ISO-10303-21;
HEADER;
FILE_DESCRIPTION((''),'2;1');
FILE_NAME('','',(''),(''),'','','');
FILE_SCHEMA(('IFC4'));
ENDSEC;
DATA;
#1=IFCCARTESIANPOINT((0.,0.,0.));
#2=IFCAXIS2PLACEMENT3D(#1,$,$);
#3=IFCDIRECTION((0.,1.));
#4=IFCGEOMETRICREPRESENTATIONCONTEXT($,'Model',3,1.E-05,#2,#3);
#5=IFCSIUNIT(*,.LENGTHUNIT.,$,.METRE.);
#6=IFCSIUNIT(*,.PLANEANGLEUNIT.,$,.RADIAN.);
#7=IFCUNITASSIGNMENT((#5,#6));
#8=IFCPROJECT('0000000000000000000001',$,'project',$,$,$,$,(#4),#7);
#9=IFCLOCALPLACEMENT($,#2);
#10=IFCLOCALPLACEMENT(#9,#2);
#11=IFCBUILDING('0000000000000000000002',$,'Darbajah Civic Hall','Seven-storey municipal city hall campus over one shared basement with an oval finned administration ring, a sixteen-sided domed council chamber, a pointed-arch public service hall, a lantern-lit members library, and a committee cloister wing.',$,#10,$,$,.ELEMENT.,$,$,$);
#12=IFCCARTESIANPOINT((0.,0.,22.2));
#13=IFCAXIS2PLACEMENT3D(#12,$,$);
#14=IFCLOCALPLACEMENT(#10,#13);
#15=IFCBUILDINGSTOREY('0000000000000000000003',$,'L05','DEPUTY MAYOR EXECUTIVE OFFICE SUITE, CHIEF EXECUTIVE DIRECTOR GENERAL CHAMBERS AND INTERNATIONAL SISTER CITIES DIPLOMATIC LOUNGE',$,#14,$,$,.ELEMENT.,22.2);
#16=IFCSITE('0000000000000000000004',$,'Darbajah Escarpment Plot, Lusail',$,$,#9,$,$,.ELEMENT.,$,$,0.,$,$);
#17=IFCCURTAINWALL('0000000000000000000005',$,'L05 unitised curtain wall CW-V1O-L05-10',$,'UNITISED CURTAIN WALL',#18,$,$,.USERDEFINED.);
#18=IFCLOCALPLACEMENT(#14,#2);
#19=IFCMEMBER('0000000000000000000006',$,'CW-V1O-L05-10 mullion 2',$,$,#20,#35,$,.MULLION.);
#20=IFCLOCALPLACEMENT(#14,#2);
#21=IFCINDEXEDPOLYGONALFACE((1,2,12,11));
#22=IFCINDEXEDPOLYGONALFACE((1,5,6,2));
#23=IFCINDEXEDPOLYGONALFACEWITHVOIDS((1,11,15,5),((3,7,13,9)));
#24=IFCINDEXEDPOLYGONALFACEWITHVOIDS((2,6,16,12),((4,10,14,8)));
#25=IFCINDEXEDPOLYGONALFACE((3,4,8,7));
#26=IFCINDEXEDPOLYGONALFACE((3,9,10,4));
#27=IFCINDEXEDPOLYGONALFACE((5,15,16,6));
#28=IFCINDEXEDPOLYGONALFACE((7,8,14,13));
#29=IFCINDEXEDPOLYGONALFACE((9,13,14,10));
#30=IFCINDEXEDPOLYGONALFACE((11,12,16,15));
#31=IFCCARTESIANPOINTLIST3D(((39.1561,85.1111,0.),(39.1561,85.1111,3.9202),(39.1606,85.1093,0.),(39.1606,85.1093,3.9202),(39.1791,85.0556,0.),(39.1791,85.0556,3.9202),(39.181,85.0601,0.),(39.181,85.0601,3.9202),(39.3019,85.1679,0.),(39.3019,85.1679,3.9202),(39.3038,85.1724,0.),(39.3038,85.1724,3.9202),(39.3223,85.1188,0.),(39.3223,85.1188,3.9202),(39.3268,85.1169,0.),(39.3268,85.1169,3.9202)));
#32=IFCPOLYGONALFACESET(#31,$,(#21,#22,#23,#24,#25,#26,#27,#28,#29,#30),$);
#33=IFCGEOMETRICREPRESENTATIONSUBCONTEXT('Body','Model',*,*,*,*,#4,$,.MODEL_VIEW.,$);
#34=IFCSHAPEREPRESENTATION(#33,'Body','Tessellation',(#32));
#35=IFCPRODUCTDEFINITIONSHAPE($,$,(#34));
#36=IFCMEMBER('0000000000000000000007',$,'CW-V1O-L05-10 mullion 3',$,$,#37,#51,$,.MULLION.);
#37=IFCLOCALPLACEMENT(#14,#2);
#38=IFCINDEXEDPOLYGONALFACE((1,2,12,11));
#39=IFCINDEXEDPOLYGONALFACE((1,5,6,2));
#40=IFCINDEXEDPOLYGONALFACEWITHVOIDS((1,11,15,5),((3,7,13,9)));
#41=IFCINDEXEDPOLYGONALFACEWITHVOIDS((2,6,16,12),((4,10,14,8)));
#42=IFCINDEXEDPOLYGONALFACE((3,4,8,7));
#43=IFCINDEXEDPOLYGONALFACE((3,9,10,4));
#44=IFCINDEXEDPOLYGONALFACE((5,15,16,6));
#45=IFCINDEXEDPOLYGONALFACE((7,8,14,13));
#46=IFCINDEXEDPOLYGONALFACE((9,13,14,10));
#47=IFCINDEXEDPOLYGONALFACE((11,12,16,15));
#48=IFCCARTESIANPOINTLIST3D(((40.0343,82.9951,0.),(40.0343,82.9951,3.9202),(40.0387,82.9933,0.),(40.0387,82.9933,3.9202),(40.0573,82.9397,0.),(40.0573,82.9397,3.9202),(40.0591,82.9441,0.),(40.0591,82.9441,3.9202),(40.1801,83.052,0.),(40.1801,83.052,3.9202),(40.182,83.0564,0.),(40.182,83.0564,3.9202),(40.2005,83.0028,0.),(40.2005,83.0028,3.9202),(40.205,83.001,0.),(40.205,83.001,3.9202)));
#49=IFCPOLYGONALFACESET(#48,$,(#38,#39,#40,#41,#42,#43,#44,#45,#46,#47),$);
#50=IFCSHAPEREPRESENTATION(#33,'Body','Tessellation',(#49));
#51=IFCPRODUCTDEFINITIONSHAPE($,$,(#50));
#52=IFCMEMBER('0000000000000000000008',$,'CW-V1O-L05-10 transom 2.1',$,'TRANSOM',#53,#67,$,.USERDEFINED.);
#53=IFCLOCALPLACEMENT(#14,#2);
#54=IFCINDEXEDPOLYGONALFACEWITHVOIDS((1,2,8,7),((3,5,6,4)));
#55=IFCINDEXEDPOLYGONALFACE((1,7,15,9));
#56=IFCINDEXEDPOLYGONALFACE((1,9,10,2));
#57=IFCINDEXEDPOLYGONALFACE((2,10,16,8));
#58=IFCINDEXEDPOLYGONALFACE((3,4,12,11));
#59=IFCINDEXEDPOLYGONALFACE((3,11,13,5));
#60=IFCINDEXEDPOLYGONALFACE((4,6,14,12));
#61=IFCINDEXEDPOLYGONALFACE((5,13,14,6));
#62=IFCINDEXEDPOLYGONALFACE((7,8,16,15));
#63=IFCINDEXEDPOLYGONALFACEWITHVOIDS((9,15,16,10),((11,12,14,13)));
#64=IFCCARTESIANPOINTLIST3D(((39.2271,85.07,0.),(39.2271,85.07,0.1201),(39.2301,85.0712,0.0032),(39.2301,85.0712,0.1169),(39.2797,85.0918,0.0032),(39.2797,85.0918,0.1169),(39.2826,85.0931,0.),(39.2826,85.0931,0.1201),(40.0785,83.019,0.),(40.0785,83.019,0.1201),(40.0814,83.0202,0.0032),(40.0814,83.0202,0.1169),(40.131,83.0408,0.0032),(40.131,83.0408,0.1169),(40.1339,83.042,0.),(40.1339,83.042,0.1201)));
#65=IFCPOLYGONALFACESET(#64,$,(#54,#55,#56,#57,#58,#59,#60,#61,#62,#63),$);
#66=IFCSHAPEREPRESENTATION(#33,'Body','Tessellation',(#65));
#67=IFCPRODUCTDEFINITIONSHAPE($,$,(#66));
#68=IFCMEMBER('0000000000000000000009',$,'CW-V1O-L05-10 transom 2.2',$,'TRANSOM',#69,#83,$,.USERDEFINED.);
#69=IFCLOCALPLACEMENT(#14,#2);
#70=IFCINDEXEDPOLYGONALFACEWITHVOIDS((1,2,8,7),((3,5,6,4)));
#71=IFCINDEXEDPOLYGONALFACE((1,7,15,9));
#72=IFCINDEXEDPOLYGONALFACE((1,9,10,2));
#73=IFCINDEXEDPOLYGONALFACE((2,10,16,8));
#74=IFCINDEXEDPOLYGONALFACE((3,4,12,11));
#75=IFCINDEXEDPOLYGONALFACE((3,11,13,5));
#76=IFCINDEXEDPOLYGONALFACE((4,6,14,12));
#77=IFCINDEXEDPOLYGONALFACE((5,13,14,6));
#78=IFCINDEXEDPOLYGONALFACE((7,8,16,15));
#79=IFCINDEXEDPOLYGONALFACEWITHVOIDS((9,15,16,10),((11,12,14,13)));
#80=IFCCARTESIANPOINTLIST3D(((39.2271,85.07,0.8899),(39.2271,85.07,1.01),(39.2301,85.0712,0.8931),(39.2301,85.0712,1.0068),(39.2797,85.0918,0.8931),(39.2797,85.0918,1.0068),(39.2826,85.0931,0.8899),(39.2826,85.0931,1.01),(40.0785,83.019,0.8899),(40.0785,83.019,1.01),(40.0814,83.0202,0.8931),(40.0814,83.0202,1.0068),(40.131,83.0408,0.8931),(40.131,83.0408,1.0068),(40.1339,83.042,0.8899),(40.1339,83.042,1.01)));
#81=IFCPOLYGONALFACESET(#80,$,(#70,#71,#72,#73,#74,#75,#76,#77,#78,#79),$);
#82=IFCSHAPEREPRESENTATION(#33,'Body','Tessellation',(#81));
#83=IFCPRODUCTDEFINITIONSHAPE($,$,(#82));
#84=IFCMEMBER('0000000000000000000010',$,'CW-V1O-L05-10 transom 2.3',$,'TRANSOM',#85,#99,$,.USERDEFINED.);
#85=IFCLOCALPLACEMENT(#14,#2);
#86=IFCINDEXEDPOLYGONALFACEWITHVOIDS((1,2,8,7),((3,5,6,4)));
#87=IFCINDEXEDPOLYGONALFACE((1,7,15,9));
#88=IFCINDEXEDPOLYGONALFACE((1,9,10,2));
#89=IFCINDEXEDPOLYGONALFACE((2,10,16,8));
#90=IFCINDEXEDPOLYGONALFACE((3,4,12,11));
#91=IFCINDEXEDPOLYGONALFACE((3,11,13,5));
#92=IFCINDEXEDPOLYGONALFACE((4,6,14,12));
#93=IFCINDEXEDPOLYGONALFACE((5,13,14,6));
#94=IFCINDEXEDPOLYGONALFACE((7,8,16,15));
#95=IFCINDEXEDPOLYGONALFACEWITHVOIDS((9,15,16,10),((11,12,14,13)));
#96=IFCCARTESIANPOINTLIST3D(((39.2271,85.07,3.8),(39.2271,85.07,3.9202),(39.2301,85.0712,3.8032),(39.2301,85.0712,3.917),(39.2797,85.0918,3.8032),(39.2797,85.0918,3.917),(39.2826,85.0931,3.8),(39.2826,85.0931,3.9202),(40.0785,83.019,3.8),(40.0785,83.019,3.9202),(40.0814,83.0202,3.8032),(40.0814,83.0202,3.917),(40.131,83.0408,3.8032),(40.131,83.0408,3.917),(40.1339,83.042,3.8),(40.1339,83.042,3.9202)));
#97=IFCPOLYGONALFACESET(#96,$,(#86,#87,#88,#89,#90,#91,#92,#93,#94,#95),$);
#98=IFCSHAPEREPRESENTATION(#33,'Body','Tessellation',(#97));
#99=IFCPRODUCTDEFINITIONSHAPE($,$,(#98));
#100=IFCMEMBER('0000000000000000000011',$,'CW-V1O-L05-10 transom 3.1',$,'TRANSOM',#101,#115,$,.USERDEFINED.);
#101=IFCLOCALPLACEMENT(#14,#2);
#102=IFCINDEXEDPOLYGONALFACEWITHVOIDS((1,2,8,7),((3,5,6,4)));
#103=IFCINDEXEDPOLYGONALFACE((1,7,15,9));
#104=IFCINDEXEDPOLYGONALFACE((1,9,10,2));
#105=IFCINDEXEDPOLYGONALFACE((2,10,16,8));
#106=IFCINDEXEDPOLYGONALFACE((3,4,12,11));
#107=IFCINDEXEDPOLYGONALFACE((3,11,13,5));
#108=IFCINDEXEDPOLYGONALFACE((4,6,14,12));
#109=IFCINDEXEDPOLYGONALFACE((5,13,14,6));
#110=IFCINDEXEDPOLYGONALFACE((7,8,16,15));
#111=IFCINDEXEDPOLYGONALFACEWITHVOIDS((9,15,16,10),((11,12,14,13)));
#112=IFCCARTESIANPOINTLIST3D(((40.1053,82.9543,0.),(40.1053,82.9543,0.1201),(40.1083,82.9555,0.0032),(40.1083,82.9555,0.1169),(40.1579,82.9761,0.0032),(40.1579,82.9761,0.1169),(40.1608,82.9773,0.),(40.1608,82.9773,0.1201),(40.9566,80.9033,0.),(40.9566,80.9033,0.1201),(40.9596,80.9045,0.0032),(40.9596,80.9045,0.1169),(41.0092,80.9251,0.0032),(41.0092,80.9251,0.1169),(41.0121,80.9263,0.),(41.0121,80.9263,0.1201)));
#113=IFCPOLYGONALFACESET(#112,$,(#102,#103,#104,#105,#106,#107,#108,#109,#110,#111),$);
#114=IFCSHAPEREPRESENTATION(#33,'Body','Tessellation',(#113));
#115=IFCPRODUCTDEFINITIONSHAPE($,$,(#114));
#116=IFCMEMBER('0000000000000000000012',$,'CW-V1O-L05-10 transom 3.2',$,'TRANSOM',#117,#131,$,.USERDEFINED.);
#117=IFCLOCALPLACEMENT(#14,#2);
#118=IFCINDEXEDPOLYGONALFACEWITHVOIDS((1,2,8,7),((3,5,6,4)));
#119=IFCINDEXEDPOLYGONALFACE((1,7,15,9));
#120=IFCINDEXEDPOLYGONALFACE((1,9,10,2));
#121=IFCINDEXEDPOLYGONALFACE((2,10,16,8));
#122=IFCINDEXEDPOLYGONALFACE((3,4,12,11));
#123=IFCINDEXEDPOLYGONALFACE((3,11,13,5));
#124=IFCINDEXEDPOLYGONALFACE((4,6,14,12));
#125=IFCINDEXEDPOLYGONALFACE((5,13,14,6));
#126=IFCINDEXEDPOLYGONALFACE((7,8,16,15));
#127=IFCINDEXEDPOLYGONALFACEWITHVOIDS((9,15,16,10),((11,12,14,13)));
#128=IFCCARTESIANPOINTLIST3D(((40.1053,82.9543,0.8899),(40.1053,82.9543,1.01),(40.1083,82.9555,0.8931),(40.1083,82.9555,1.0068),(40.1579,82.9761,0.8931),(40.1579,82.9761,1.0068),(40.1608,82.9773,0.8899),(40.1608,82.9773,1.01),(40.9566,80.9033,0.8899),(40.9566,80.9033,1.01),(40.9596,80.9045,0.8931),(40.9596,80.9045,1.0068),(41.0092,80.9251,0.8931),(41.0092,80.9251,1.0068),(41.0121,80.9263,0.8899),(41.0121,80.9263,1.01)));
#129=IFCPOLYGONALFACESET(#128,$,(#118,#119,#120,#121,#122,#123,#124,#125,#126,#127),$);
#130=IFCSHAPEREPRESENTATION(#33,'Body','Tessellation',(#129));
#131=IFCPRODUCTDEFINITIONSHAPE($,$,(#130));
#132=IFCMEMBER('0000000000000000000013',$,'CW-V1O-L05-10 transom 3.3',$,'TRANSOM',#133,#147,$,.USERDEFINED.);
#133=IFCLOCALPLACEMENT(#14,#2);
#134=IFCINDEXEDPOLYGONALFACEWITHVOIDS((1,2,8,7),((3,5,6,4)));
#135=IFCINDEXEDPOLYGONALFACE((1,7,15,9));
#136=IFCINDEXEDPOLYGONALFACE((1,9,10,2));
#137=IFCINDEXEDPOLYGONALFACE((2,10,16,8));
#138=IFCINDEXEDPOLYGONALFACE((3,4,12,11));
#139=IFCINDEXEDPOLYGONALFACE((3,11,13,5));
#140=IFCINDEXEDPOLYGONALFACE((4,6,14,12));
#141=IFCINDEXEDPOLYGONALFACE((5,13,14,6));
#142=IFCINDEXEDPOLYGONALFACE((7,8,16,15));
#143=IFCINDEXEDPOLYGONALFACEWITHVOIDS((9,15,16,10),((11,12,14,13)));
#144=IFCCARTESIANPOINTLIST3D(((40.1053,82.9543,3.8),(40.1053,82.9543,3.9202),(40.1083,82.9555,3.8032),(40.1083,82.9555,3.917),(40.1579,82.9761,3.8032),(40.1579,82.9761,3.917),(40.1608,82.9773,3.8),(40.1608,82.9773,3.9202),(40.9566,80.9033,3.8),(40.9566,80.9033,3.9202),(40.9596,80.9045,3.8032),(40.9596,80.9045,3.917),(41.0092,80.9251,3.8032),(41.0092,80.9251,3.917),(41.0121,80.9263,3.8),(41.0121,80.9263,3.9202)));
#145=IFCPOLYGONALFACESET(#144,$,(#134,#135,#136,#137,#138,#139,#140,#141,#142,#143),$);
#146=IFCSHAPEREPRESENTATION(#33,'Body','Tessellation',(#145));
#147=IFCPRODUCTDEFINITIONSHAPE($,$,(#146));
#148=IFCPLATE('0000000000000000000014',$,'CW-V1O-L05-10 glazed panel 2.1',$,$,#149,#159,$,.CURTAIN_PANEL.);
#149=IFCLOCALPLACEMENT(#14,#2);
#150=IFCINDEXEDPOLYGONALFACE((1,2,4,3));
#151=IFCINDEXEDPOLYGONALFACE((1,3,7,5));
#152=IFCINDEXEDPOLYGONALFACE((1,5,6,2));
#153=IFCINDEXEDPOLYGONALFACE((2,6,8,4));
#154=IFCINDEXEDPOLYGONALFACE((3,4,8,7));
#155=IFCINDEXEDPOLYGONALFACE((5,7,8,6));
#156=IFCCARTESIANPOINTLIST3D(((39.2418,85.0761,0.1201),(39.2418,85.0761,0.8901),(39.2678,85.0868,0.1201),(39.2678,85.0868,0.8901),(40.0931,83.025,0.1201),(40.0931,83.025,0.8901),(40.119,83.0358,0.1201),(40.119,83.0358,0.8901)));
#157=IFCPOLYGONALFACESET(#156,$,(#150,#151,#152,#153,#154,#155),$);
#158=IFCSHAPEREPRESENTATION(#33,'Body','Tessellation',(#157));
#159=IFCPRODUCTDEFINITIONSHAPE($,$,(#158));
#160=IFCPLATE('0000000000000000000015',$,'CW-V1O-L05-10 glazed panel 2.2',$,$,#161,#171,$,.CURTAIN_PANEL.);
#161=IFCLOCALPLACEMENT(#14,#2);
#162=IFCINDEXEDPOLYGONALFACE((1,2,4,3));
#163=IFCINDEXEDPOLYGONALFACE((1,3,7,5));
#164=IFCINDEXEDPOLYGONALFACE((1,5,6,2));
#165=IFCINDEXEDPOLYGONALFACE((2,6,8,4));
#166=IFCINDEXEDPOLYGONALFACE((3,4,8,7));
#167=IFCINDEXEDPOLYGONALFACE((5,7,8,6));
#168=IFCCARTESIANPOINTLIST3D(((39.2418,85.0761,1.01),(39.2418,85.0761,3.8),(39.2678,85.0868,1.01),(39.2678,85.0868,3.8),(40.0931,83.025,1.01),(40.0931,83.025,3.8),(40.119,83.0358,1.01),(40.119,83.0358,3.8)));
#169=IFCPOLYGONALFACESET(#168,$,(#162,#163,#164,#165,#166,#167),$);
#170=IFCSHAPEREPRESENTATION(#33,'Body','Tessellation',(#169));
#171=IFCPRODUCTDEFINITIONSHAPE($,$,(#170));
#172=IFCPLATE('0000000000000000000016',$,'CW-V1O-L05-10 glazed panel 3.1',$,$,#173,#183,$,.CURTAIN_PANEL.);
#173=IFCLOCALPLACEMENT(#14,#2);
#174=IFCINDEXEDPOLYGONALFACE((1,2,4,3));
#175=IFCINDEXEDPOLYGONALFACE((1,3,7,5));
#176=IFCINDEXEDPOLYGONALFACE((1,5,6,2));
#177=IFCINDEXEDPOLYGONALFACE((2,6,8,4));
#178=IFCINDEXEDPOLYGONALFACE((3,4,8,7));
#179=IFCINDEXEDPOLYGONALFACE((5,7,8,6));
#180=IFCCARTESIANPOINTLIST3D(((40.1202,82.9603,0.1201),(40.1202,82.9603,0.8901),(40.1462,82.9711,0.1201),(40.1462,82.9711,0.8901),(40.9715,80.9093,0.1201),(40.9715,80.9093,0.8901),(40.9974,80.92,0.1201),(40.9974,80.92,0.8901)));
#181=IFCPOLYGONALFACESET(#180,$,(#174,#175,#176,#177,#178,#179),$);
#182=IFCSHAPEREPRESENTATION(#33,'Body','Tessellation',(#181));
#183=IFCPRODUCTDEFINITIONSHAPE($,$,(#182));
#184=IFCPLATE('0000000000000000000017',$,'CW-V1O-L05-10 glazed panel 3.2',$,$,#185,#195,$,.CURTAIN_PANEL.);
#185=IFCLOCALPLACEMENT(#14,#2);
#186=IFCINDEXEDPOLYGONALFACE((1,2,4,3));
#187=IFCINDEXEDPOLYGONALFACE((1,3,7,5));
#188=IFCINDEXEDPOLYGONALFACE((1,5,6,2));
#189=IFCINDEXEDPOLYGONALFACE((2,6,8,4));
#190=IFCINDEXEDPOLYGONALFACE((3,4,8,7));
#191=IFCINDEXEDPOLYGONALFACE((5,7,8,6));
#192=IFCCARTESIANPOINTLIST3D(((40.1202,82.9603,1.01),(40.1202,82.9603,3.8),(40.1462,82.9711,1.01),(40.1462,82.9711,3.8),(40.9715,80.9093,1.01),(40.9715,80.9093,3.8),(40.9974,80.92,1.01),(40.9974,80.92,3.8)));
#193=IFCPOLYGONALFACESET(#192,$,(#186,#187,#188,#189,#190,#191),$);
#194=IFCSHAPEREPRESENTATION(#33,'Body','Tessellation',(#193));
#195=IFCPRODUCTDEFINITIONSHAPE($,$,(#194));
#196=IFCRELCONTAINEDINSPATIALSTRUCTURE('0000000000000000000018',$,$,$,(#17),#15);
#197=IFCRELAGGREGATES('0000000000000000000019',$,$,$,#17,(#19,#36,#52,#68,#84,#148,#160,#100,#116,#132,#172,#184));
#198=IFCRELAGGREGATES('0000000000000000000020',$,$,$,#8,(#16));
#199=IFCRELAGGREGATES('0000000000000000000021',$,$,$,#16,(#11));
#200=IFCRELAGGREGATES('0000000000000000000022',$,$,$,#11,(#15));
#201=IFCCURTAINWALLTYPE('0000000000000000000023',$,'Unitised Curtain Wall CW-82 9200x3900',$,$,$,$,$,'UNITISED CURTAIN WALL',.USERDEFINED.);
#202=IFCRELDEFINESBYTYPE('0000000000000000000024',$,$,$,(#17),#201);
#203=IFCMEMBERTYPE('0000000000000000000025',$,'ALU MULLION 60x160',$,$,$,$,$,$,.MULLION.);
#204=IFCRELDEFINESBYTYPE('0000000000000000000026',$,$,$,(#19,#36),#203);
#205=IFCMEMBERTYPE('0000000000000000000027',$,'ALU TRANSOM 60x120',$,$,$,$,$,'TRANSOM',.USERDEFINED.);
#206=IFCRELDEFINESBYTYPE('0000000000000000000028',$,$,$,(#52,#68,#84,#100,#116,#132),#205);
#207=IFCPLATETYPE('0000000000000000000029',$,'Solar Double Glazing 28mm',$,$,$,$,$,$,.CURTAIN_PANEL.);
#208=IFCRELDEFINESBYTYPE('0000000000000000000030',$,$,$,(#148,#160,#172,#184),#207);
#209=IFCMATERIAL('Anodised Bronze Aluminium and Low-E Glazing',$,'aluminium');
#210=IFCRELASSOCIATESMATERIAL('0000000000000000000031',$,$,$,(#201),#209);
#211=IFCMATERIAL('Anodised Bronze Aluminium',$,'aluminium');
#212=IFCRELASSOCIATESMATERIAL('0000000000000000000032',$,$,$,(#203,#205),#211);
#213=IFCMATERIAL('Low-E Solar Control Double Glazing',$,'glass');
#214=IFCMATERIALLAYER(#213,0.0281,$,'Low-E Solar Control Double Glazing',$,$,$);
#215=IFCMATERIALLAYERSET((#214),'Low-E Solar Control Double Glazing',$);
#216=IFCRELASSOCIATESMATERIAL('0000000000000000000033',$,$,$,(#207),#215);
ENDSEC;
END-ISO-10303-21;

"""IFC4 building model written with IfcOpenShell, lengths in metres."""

from ifc_helpers import new_model, si_unit, direction, frame, origin, origin_2d, place, context, subcontext, project, spatial, rectangle, hollow_rectangle, extrude, material, layer, layer_set, material_profile, profile_set, type_object, element, aggregate, save


model = new_model("IFC4")

# Units and contexts
model_context = context("Model", 3, precision=1e-05, world=origin(), true_north=direction((0.0, 1.0)))
body_context = subcontext(model_context, "Body", "Model", "MODEL_VIEW")
ifc_project = project(units=[si_unit("LENGTHUNIT", "METRE"), si_unit("PLANEANGLEUNIT", "RADIAN")], contexts=[model_context])

# Site, building, storey
site_placement = place(None, origin())
site = spatial("IfcSite", under=ifc_project, at=site_placement, Name="Darbajah Escarpment Plot, Lusail", CompositionType="ELEMENT", RefElevation=0.0)
building_placement = place(site_placement, origin())
building = spatial("IfcBuilding", under=site, at=building_placement, Name="Darbajah Civic Hall", Description="Seven-storey municipal city hall campus over one shared basement with an oval finned administration ring, a sixteen-sided domed council chamber, a pointed-arch public service hall, a lantern-lit members library, and a committee cloister wing.", CompositionType="ELEMENT")
storey_placement = place(building_placement, frame((0.0, 0.0, 22.2)))
storey = spatial("IfcBuildingStorey", under=building, at=storey_placement, Name="L05", Description="DEPUTY MAYOR EXECUTIVE OFFICE SUITE, CHIEF EXECUTIVE DIRECTOR GENERAL CHAMBERS AND INTERNATIONAL SISTER CITIES DIPLOMATIC LOUNGE", CompositionType="ELEMENT", Elevation=22.2)

# Curtain wall, members, plates
ifc_material_1 = material(Name="Anodised Bronze Aluminium and Low-E Glazing", Category="aluminium")
curtain_wall_type = type_object("IfcCurtainWallType", Name="Unitised Curtain Wall CW-82 9200x3900", ElementType="UNITISED CURTAIN WALL", PredefinedType="USERDEFINED", material=ifc_material_1)
curtain_wall_placement = place(storey_placement, origin())
curtain_wall = element("IfcCurtainWall", 1, at=curtain_wall_placement, inside=storey, type_object=curtain_wall_type, Name="L05 unitised curtain wall CW-V1O-L05-10", ObjectType="UNITISED CURTAIN WALL", PredefinedType="USERDEFINED")
ifc_material_2 = material(Name="Anodised Bronze Aluminium", Category="aluminium")
ifc_material_profile_1 = material_profile(ifc_material_2, hollow_rectangle(XDim=0.0601, YDim=0.1599, WallThickness=0.0034, at=origin_2d()), Name="ALU MULLION 60x160")
ifc_profile_set_1 = profile_set([ifc_material_profile_1], Name="Anodised Bronze Aluminium")
member_type_1 = type_object("IfcMemberType", Name="ALU MULLION 60x160", PredefinedType="MULLION", material=ifc_profile_set_1)
member_1_placement = place(storey_placement, frame((39.2415, 85.114, 0.0), z_axis=(0.0, 0.0, 1.0), x_axis=(0.383328, -0.923612, 0.0)))
member_1 = element("IfcMember", 2, at=member_1_placement, type_object=member_type_1, Name="CW-V1O-L05-10 mullion 2", PredefinedType="MULLION", context=body_context, shape_type="SweptSolid", body=[
    extrude(hollow_rectangle(XDim=0.0601, YDim=0.1599, WallThickness=0.0034, at=origin_2d()), origin(), (0.0, 0.0, 1.0), 3.9202),
])
member_2_placement = place(storey_placement, frame((40.1196, 82.998, 0.0), z_axis=(0.0, 0.0, 1.0), x_axis=(0.383328, -0.923612, 0.0)))
member_2 = element("IfcMember", 3, at=member_2_placement, type_object=member_type_1, Name="CW-V1O-L05-10 mullion 3", PredefinedType="MULLION", context=body_context, shape_type="SweptSolid", body=[
    extrude(hollow_rectangle(XDim=0.0601, YDim=0.1599, WallThickness=0.0034, at=origin_2d()), origin(), (0.0, 0.0, 1.0), 3.9202),
])
ifc_material_profile_2 = material_profile(ifc_material_2, hollow_rectangle(XDim=0.0601, YDim=0.1201, WallThickness=0.0032, at=origin_2d()), Name="ALU TRANSOM 60x120")
ifc_profile_set_2 = profile_set([ifc_material_profile_2], Name="Anodised Bronze Aluminium")
member_type_2 = type_object("IfcMemberType", Name="ALU TRANSOM 60x120", ElementType="TRANSOM", PredefinedType="USERDEFINED", material=ifc_profile_set_2)
member_3_placement = place(storey_placement, frame((39.2549, 85.0815, 0.0601), z_axis=(0.383358, -0.9236, 0.0), x_axis=(0.9236, 0.383358, 0.0)))
member_3 = element("IfcMember", 4, at=member_3_placement, type_object=member_type_2, Name="CW-V1O-L05-10 transom 2.1", ObjectType="TRANSOM", PredefinedType="USERDEFINED", context=body_context, shape_type="SweptSolid", body=[
    extrude(hollow_rectangle(XDim=0.0601, YDim=0.1201, WallThickness=0.0032, at=origin_2d()), origin(), (0.0, 0.0, 1.0), 2.2207),
])
member_4_placement = place(storey_placement, frame((39.2549, 85.0815, 0.95), z_axis=(0.383358, -0.9236, 0.0), x_axis=(0.9236, 0.383358, 0.0)))
member_4 = element("IfcMember", 5, at=member_4_placement, type_object=member_type_2, Name="CW-V1O-L05-10 transom 2.2", ObjectType="TRANSOM", PredefinedType="USERDEFINED", context=body_context, shape_type="SweptSolid", body=[
    extrude(hollow_rectangle(XDim=0.0601, YDim=0.1201, WallThickness=0.0032, at=origin_2d()), origin(), (0.0, 0.0, 1.0), 2.2207),
])
member_5_placement = place(storey_placement, frame((39.2549, 85.0815, 3.8601), z_axis=(0.383358, -0.9236, 0.0), x_axis=(0.9236, 0.383358, 0.0)))
member_5 = element("IfcMember", 6, at=member_5_placement, type_object=member_type_2, Name="CW-V1O-L05-10 transom 2.3", ObjectType="TRANSOM", PredefinedType="USERDEFINED", context=body_context, shape_type="SweptSolid", body=[
    extrude(hollow_rectangle(XDim=0.0601, YDim=0.1201, WallThickness=0.0032, at=origin_2d()), origin(), (0.0, 0.0, 1.0), 2.2207),
])
member_6_placement = place(storey_placement, frame((40.1331, 82.9658, 0.0601), z_axis=(0.383358, -0.9236, 0.0), x_axis=(0.9236, 0.383358, 0.0)))
member_6 = element("IfcMember", 7, at=member_6_placement, type_object=member_type_2, Name="CW-V1O-L05-10 transom 3.1", ObjectType="TRANSOM", PredefinedType="USERDEFINED", context=body_context, shape_type="SweptSolid", body=[
    extrude(hollow_rectangle(XDim=0.0601, YDim=0.1201, WallThickness=0.0032, at=origin_2d()), origin(), (0.0, 0.0, 1.0), 2.2207),
])
member_7_placement = place(storey_placement, frame((40.1331, 82.9658, 0.95), z_axis=(0.383358, -0.9236, 0.0), x_axis=(0.9236, 0.383358, 0.0)))
member_7 = element("IfcMember", 8, at=member_7_placement, type_object=member_type_2, Name="CW-V1O-L05-10 transom 3.2", ObjectType="TRANSOM", PredefinedType="USERDEFINED", context=body_context, shape_type="SweptSolid", body=[
    extrude(hollow_rectangle(XDim=0.0601, YDim=0.1201, WallThickness=0.0032, at=origin_2d()), origin(), (0.0, 0.0, 1.0), 2.2207),
])
member_8_placement = place(storey_placement, frame((40.1331, 82.9658, 3.8601), z_axis=(0.383358, -0.9236, 0.0), x_axis=(0.9236, 0.383358, 0.0)))
member_8 = element("IfcMember", 9, at=member_8_placement, type_object=member_type_2, Name="CW-V1O-L05-10 transom 3.3", ObjectType="TRANSOM", PredefinedType="USERDEFINED", context=body_context, shape_type="SweptSolid", body=[
    extrude(hollow_rectangle(XDim=0.0601, YDim=0.1201, WallThickness=0.0032, at=origin_2d()), origin(), (0.0, 0.0, 1.0), 2.2207),
])
ifc_material_3 = material(Name="Low-E Solar Control Double Glazing", Category="glass")
ifc_layer_1 = layer(ifc_material_3, 0.0281, Name="Low-E Solar Control Double Glazing")
ifc_layer_set_1 = layer_set([ifc_layer_1], Name="Low-E Solar Control Double Glazing")
plate_type = type_object("IfcPlateType", Name="Solar Double Glazing 28mm", PredefinedType="CURTAIN_PANEL", material=ifc_layer_set_1)
plate_1_placement = place(storey_placement, frame((39.6804, 84.0559, 0.1201), z_axis=(0.0, 0.0, 1.0), x_axis=(0.383328, -0.923612, 0.0)))
plate_1 = element("IfcPlate", 10, at=plate_1_placement, type_object=plate_type, Name="CW-V1O-L05-10 glazed panel 2.1", PredefinedType="CURTAIN_PANEL", context=body_context, shape_type="SweptSolid", body=[
    extrude(rectangle(XDim=2.2207, YDim=0.0281, at=origin_2d()), origin(), (0.0, 0.0, 1.0), 0.77),
])
plate_2_placement = place(storey_placement, frame((39.6804, 84.0559, 1.01), z_axis=(0.0, 0.0, 1.0), x_axis=(0.383328, -0.923612, 0.0)))
plate_2 = element("IfcPlate", 11, at=plate_2_placement, type_object=plate_type, Name="CW-V1O-L05-10 glazed panel 2.2", PredefinedType="CURTAIN_PANEL", context=body_context, shape_type="SweptSolid", body=[
    extrude(rectangle(XDim=2.2207, YDim=0.0281, at=origin_2d()), origin(), (0.0, 0.0, 1.0), 2.79),
])
plate_3_placement = place(storey_placement, frame((40.5588, 81.9402, 0.1201), z_axis=(0.0, 0.0, 1.0), x_axis=(0.383328, -0.923612, 0.0)))
plate_3 = element("IfcPlate", 12, at=plate_3_placement, type_object=plate_type, Name="CW-V1O-L05-10 glazed panel 3.1", PredefinedType="CURTAIN_PANEL", context=body_context, shape_type="SweptSolid", body=[
    extrude(rectangle(XDim=2.2207, YDim=0.0281, at=origin_2d()), origin(), (0.0, 0.0, 1.0), 0.77),
])
plate_4_placement = place(storey_placement, frame((40.5588, 81.9402, 1.01), z_axis=(0.0, 0.0, 1.0), x_axis=(0.383328, -0.923612, 0.0)))
plate_4 = element("IfcPlate", 13, at=plate_4_placement, type_object=plate_type, Name="CW-V1O-L05-10 glazed panel 3.2", PredefinedType="CURTAIN_PANEL", context=body_context, shape_type="SweptSolid", body=[
    extrude(rectangle(XDim=2.2207, YDim=0.0281, at=origin_2d()), origin(), (0.0, 0.0, 1.0), 2.79),
])
aggregate(curtain_wall, [member_1, member_2, member_3, member_4, member_5, plate_1, plate_2, member_6, member_7, member_8, plate_3, plate_4])

save(model, "model.ifc")
